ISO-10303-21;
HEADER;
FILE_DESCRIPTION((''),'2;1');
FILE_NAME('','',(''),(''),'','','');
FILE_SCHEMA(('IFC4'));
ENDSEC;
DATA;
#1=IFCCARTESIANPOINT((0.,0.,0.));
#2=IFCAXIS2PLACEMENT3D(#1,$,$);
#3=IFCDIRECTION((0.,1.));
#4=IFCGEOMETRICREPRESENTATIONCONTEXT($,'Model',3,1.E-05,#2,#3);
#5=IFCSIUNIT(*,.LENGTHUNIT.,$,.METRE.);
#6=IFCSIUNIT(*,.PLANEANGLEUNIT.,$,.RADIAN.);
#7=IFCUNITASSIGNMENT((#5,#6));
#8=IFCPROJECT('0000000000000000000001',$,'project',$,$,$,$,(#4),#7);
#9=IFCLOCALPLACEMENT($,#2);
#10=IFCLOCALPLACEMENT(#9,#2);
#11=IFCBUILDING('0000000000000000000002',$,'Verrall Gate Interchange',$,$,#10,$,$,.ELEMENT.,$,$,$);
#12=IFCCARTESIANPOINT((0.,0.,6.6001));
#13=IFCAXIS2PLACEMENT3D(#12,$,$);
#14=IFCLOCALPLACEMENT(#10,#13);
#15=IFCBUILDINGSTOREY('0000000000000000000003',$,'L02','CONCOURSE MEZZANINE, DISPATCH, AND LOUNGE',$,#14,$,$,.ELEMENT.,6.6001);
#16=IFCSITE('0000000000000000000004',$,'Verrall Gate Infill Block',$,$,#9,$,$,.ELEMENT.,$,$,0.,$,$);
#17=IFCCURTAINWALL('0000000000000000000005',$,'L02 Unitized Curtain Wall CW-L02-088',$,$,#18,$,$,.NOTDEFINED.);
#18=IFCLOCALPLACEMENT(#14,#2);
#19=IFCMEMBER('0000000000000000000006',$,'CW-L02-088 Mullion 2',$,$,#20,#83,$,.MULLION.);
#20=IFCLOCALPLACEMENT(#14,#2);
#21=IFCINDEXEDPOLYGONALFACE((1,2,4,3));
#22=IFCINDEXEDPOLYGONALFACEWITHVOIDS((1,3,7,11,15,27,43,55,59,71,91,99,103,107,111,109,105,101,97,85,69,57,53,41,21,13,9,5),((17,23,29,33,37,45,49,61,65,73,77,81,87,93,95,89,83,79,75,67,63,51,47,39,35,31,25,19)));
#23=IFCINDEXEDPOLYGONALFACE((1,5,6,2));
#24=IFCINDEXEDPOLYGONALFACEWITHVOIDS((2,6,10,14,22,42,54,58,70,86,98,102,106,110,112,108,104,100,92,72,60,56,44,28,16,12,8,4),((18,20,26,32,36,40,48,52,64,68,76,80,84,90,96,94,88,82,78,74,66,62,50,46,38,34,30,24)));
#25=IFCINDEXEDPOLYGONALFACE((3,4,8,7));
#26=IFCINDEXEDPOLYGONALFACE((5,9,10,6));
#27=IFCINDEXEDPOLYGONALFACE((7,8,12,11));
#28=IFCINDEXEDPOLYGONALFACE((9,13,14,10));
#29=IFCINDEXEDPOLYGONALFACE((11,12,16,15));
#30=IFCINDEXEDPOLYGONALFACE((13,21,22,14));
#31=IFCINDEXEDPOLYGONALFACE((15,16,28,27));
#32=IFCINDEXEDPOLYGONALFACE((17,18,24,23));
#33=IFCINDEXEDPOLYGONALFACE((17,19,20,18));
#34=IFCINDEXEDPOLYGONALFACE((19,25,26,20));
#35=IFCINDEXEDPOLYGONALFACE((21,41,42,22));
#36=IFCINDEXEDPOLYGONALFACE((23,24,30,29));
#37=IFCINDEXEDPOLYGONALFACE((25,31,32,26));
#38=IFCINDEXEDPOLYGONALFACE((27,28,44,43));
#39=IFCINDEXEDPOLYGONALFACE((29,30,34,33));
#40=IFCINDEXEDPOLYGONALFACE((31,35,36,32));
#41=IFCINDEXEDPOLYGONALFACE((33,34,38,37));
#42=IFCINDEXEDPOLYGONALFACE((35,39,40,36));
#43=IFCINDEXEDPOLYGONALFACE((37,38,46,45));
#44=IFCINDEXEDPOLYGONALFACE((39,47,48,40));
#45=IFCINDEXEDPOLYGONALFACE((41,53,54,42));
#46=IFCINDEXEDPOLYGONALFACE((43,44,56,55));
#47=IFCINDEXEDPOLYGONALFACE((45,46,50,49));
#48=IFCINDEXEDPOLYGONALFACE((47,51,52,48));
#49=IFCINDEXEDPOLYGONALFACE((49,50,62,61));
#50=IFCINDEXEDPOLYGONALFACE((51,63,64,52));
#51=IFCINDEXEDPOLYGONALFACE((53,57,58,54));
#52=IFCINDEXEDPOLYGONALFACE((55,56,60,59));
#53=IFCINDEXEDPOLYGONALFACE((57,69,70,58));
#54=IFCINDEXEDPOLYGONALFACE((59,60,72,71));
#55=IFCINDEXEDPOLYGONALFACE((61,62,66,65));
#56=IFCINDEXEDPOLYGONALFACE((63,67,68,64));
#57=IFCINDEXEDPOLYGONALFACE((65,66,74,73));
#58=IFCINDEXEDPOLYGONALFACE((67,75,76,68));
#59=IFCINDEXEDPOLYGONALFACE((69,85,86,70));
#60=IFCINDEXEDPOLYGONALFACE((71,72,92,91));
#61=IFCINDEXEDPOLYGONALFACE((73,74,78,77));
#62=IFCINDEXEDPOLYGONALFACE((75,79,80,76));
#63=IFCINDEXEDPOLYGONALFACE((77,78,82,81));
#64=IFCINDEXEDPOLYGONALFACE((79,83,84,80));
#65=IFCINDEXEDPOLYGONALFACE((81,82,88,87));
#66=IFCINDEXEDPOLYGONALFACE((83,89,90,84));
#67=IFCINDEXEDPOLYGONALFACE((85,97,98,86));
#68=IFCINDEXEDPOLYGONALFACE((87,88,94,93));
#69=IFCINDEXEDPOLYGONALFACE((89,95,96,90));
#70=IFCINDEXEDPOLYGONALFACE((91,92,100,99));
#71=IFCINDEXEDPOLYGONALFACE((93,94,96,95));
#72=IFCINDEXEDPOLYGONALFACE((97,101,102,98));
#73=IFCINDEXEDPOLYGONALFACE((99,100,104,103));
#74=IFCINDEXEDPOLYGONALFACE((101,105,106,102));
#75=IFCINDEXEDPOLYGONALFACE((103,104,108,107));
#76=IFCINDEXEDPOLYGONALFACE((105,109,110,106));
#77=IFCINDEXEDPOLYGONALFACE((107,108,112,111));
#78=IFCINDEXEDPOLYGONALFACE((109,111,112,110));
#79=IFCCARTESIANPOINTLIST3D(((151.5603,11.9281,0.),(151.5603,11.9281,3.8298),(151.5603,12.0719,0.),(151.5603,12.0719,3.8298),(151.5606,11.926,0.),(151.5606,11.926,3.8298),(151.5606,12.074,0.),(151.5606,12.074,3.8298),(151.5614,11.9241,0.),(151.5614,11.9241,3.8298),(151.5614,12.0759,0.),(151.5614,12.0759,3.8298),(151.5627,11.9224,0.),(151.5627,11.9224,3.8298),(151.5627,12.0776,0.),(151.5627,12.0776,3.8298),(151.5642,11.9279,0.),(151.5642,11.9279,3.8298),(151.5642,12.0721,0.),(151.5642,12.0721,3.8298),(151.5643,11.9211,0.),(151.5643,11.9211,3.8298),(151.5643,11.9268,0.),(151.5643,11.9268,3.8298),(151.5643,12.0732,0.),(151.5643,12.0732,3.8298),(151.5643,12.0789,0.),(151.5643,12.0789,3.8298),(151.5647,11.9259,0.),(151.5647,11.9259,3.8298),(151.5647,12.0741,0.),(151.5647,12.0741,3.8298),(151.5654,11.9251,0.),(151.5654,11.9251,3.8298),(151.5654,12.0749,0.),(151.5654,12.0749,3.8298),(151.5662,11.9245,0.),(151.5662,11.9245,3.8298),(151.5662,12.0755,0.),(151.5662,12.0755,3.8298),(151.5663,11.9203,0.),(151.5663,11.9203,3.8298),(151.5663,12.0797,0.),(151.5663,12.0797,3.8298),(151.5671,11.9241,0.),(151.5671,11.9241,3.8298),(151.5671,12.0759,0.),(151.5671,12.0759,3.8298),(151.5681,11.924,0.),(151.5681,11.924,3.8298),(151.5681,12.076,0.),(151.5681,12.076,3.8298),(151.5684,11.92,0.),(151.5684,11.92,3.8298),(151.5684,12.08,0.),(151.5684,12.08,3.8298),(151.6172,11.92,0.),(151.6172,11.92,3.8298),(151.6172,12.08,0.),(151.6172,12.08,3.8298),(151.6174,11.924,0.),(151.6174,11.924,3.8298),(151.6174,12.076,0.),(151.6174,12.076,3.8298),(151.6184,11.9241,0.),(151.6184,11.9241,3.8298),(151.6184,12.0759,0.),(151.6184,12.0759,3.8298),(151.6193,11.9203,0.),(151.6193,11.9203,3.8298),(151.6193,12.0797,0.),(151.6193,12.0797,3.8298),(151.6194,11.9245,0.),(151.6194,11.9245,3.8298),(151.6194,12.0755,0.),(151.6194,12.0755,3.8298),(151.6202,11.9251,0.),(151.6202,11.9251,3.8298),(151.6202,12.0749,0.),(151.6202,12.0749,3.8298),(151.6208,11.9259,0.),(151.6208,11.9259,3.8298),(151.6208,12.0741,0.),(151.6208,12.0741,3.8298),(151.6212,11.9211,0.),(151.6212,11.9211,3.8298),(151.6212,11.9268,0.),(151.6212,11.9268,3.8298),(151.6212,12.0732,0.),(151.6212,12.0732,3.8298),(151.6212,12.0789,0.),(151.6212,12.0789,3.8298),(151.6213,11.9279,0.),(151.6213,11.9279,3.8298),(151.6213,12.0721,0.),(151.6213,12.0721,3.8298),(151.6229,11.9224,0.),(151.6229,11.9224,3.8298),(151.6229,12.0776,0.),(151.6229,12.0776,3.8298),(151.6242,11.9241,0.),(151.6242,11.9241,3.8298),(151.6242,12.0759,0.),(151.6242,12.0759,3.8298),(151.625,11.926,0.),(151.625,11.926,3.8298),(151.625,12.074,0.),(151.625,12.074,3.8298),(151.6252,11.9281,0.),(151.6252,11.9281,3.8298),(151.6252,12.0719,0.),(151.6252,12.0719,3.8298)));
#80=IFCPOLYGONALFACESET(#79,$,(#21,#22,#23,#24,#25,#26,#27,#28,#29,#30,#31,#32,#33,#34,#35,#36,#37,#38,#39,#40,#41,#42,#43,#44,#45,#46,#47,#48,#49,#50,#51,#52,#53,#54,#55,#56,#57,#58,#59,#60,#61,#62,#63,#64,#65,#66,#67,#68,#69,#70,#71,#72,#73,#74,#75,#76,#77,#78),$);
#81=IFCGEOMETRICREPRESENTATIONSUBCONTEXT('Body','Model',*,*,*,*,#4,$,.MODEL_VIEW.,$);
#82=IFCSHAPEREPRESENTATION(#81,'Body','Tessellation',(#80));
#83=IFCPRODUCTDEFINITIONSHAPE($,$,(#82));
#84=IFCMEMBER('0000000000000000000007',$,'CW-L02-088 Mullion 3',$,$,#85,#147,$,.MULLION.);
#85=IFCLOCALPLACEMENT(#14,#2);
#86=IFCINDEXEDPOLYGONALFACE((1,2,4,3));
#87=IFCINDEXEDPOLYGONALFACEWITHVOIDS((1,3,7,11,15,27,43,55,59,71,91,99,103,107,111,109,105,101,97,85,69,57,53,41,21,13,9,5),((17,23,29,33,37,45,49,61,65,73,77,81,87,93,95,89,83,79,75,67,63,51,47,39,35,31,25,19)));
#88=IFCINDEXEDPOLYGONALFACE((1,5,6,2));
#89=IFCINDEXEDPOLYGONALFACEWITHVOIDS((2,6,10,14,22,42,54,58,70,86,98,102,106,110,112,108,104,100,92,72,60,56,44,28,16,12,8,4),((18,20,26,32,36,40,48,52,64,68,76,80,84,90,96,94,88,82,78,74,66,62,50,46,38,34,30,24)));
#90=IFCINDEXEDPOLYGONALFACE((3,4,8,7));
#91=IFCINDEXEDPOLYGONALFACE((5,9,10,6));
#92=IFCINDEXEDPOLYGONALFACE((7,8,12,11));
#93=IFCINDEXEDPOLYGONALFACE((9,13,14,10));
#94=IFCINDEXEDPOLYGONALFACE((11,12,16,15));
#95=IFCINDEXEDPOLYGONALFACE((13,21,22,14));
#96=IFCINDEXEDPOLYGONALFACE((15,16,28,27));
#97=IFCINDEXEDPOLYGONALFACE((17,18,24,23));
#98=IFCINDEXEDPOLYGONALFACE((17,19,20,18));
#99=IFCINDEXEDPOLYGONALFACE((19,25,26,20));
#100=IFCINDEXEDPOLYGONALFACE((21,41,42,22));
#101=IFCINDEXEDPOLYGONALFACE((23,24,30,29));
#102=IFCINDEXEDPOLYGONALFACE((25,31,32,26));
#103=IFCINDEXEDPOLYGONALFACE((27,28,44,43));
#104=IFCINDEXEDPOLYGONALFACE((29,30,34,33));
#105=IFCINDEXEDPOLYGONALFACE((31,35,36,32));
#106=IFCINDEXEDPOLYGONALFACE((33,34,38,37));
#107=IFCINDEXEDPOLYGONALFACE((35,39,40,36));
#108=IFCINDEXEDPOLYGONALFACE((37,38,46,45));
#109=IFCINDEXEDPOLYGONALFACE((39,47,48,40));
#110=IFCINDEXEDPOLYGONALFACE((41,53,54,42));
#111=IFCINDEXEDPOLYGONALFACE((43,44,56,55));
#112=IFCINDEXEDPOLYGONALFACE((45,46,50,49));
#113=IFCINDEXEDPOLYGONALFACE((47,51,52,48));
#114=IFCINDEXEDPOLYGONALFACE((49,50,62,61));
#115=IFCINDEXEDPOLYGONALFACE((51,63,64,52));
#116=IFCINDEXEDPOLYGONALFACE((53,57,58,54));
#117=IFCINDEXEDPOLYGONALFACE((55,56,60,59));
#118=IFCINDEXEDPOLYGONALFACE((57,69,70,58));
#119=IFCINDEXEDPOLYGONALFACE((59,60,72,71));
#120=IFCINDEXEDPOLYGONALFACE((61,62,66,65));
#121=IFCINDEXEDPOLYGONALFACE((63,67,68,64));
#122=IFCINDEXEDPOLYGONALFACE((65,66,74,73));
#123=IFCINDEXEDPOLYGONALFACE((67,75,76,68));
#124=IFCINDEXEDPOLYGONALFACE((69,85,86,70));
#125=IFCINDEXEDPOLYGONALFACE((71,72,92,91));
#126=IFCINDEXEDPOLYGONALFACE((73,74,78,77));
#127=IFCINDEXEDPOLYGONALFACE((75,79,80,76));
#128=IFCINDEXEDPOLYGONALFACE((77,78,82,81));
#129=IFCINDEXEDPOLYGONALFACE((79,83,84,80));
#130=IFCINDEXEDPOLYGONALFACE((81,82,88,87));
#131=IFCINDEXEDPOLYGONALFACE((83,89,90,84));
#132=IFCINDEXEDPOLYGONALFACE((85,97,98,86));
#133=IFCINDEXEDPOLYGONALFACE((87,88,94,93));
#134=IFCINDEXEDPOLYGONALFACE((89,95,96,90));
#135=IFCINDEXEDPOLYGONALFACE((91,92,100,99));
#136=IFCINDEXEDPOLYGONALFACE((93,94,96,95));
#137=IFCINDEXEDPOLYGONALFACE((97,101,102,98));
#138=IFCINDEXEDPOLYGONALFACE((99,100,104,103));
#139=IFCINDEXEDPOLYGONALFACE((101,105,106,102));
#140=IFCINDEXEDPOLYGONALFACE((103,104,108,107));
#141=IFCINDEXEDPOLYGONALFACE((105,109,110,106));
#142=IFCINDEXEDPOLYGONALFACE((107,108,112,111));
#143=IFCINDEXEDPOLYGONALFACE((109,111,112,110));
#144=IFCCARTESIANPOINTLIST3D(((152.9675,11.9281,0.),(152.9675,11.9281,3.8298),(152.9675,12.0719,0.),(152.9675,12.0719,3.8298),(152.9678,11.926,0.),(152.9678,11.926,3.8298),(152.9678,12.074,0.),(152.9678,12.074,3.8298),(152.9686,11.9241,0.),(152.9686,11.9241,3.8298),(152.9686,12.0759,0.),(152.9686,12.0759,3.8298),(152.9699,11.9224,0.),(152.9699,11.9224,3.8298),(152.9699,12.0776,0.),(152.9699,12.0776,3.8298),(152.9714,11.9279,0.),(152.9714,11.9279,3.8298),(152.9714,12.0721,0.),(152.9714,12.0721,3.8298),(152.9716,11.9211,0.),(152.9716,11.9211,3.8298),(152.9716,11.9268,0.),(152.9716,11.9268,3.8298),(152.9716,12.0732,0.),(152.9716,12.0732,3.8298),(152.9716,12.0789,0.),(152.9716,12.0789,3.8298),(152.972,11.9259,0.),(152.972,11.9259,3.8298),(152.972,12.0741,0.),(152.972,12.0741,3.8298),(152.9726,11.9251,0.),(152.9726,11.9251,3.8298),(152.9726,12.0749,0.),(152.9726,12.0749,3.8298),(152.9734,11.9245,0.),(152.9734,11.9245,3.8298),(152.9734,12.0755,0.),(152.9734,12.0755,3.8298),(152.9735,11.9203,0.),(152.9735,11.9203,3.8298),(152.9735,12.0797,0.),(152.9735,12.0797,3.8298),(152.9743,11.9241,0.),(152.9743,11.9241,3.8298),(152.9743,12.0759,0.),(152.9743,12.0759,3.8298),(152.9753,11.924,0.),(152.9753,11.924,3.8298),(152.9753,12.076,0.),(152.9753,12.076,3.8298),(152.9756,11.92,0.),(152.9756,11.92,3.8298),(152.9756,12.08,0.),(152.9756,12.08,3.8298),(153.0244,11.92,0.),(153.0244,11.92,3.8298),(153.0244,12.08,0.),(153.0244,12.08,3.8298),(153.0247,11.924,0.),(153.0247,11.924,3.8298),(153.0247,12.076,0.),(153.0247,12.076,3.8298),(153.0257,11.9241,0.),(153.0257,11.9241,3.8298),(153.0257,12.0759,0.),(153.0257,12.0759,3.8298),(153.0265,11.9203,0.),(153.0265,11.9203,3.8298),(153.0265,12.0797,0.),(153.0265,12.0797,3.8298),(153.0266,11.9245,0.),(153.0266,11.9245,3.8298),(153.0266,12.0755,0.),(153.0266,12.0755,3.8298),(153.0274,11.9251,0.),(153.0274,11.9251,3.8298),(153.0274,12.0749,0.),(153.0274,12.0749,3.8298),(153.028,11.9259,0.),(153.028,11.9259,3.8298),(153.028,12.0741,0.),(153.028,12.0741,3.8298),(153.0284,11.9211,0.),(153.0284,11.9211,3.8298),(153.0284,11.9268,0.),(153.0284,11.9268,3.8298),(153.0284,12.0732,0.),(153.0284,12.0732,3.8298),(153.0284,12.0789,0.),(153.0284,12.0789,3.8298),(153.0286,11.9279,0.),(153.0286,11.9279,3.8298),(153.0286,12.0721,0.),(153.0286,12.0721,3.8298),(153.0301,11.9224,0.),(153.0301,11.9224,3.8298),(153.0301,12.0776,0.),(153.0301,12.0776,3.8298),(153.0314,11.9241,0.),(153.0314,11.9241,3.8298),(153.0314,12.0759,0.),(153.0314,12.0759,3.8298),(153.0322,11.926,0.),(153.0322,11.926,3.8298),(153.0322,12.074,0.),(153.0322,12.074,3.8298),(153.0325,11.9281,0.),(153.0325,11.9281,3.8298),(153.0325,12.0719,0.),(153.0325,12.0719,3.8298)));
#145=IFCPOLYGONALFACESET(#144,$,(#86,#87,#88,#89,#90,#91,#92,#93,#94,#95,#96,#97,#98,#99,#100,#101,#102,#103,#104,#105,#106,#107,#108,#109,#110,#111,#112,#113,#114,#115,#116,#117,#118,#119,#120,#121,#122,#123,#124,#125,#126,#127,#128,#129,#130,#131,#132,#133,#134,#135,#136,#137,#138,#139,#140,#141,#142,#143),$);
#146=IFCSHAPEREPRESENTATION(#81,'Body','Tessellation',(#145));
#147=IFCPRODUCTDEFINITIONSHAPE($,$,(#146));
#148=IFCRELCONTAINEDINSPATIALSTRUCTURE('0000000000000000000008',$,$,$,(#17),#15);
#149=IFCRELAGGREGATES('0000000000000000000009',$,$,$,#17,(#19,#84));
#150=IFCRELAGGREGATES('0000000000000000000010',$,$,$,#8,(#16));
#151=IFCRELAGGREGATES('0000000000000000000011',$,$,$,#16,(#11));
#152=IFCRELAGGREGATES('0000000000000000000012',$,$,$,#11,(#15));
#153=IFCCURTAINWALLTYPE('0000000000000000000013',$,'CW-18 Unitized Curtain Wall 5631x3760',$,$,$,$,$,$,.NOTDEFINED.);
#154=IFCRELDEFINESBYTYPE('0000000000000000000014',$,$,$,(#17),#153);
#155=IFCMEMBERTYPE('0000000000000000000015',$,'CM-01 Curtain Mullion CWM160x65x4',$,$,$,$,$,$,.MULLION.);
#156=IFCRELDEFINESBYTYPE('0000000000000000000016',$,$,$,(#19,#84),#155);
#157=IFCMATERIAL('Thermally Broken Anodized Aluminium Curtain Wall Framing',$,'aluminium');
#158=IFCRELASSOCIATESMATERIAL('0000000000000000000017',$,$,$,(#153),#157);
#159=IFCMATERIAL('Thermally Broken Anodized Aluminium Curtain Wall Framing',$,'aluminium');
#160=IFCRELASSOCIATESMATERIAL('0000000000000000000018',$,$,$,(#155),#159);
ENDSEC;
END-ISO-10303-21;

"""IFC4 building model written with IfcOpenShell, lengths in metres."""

from ifc_helpers import new_model, si_unit, direction, frame, origin, origin_2d, place, context, subcontext, project, spatial, hollow_rectangle, extrude, material, material_profile, profile_set, type_object, element, aggregate, save


model = new_model("IFC4")

# Units and contexts
model_context = context("Model", 3, precision=1e-05, world=origin(), true_north=direction((0.0, 1.0)))
body_context = subcontext(model_context, "Body", "Model", "MODEL_VIEW")
ifc_project = project(units=[si_unit("LENGTHUNIT", "METRE"), si_unit("PLANEANGLEUNIT", "RADIAN")], contexts=[model_context])

# Site, building, storey
site_placement = place(None, origin())
site = spatial("IfcSite", under=ifc_project, at=site_placement, Name="Verrall Gate Infill Block", CompositionType="ELEMENT", RefElevation=0.0)
building_placement = place(site_placement, origin())
building = spatial("IfcBuilding", under=site, at=building_placement, Name="Verrall Gate Interchange", CompositionType="ELEMENT")
storey_placement = place(building_placement, frame((0.0, 0.0, 6.6001)))
storey = spatial("IfcBuildingStorey", under=building, at=storey_placement, Name="L02", Description="CONCOURSE MEZZANINE, DISPATCH, AND LOUNGE", CompositionType="ELEMENT", Elevation=6.6001)

# Curtain wall, members
ifc_material_1 = material(Name="Thermally Broken Anodized Aluminium Curtain Wall Framing", Category="aluminium")
curtain_wall_type = type_object("IfcCurtainWallType", Name="CW-18 Unitized Curtain Wall 5631x3760", PredefinedType="NOTDEFINED", material=ifc_material_1)
curtain_wall_1_placement = place(storey_placement, origin())
curtain_wall_1 = element("IfcCurtainWall", 1, at=curtain_wall_1_placement, inside=storey, type_object=curtain_wall_type, Name="L02 Unitized Curtain Wall CW-L02-088", PredefinedType="NOTDEFINED")
ifc_material_2 = material(Name="Thermally Broken Anodized Aluminium Curtain Wall Framing", Category="aluminium")
ifc_material_profile_1 = material_profile(ifc_material_2, hollow_rectangle(XDim=0.0649, YDim=0.1599, WallThickness=0.0039, InnerFilletRadius=0.0039, OuterFilletRadius=0.0081, at=origin_2d()), Name="CWM160x65x4")
ifc_profile_set_1 = profile_set([ifc_material_profile_1], Name="Thermally Broken Anodized Aluminium Curtain Wall Framing")
member_type_1 = type_object("IfcMemberType", Name="CM-01 Curtain Mullion CWM160x65x4", PredefinedType="MULLION", material=ifc_profile_set_1)
member_1_placement = place(storey_placement, frame((151.5928, 12.0, 0.0), z_axis=(0.0, 0.0, 1.0), x_axis=(1.0, 0.0, 0.0)))
member_1 = element("IfcMember", 2, at=member_1_placement, type_object=member_type_1, Name="CW-L02-088 Mullion 2", PredefinedType="MULLION", context=body_context, shape_type="SweptSolid", body=[
    extrude(hollow_rectangle(XDim=0.0649, YDim=0.1599, WallThickness=0.0039, InnerFilletRadius=0.0039, OuterFilletRadius=0.0081, at=origin_2d()), origin(), (0.0, 0.0, 1.0), 3.8298),
])
member_2_placement = place(storey_placement, frame((153.0, 12.0, 0.0), z_axis=(0.0, 0.0, 1.0), x_axis=(1.0, 0.0, 0.0)))
member_2 = element("IfcMember", 3, at=member_2_placement, type_object=member_type_1, Name="CW-L02-088 Mullion 3", PredefinedType="MULLION", context=body_context, shape_type="SweptSolid", body=[
    extrude(hollow_rectangle(XDim=0.0649, YDim=0.1599, WallThickness=0.0039, InnerFilletRadius=0.0039, OuterFilletRadius=0.0081, at=origin_2d()), origin(), (0.0, 0.0, 1.0), 3.8298),
])

aggregate(curtain_wall_1, [member_1, member_2])

save(model, "model.ifc")
